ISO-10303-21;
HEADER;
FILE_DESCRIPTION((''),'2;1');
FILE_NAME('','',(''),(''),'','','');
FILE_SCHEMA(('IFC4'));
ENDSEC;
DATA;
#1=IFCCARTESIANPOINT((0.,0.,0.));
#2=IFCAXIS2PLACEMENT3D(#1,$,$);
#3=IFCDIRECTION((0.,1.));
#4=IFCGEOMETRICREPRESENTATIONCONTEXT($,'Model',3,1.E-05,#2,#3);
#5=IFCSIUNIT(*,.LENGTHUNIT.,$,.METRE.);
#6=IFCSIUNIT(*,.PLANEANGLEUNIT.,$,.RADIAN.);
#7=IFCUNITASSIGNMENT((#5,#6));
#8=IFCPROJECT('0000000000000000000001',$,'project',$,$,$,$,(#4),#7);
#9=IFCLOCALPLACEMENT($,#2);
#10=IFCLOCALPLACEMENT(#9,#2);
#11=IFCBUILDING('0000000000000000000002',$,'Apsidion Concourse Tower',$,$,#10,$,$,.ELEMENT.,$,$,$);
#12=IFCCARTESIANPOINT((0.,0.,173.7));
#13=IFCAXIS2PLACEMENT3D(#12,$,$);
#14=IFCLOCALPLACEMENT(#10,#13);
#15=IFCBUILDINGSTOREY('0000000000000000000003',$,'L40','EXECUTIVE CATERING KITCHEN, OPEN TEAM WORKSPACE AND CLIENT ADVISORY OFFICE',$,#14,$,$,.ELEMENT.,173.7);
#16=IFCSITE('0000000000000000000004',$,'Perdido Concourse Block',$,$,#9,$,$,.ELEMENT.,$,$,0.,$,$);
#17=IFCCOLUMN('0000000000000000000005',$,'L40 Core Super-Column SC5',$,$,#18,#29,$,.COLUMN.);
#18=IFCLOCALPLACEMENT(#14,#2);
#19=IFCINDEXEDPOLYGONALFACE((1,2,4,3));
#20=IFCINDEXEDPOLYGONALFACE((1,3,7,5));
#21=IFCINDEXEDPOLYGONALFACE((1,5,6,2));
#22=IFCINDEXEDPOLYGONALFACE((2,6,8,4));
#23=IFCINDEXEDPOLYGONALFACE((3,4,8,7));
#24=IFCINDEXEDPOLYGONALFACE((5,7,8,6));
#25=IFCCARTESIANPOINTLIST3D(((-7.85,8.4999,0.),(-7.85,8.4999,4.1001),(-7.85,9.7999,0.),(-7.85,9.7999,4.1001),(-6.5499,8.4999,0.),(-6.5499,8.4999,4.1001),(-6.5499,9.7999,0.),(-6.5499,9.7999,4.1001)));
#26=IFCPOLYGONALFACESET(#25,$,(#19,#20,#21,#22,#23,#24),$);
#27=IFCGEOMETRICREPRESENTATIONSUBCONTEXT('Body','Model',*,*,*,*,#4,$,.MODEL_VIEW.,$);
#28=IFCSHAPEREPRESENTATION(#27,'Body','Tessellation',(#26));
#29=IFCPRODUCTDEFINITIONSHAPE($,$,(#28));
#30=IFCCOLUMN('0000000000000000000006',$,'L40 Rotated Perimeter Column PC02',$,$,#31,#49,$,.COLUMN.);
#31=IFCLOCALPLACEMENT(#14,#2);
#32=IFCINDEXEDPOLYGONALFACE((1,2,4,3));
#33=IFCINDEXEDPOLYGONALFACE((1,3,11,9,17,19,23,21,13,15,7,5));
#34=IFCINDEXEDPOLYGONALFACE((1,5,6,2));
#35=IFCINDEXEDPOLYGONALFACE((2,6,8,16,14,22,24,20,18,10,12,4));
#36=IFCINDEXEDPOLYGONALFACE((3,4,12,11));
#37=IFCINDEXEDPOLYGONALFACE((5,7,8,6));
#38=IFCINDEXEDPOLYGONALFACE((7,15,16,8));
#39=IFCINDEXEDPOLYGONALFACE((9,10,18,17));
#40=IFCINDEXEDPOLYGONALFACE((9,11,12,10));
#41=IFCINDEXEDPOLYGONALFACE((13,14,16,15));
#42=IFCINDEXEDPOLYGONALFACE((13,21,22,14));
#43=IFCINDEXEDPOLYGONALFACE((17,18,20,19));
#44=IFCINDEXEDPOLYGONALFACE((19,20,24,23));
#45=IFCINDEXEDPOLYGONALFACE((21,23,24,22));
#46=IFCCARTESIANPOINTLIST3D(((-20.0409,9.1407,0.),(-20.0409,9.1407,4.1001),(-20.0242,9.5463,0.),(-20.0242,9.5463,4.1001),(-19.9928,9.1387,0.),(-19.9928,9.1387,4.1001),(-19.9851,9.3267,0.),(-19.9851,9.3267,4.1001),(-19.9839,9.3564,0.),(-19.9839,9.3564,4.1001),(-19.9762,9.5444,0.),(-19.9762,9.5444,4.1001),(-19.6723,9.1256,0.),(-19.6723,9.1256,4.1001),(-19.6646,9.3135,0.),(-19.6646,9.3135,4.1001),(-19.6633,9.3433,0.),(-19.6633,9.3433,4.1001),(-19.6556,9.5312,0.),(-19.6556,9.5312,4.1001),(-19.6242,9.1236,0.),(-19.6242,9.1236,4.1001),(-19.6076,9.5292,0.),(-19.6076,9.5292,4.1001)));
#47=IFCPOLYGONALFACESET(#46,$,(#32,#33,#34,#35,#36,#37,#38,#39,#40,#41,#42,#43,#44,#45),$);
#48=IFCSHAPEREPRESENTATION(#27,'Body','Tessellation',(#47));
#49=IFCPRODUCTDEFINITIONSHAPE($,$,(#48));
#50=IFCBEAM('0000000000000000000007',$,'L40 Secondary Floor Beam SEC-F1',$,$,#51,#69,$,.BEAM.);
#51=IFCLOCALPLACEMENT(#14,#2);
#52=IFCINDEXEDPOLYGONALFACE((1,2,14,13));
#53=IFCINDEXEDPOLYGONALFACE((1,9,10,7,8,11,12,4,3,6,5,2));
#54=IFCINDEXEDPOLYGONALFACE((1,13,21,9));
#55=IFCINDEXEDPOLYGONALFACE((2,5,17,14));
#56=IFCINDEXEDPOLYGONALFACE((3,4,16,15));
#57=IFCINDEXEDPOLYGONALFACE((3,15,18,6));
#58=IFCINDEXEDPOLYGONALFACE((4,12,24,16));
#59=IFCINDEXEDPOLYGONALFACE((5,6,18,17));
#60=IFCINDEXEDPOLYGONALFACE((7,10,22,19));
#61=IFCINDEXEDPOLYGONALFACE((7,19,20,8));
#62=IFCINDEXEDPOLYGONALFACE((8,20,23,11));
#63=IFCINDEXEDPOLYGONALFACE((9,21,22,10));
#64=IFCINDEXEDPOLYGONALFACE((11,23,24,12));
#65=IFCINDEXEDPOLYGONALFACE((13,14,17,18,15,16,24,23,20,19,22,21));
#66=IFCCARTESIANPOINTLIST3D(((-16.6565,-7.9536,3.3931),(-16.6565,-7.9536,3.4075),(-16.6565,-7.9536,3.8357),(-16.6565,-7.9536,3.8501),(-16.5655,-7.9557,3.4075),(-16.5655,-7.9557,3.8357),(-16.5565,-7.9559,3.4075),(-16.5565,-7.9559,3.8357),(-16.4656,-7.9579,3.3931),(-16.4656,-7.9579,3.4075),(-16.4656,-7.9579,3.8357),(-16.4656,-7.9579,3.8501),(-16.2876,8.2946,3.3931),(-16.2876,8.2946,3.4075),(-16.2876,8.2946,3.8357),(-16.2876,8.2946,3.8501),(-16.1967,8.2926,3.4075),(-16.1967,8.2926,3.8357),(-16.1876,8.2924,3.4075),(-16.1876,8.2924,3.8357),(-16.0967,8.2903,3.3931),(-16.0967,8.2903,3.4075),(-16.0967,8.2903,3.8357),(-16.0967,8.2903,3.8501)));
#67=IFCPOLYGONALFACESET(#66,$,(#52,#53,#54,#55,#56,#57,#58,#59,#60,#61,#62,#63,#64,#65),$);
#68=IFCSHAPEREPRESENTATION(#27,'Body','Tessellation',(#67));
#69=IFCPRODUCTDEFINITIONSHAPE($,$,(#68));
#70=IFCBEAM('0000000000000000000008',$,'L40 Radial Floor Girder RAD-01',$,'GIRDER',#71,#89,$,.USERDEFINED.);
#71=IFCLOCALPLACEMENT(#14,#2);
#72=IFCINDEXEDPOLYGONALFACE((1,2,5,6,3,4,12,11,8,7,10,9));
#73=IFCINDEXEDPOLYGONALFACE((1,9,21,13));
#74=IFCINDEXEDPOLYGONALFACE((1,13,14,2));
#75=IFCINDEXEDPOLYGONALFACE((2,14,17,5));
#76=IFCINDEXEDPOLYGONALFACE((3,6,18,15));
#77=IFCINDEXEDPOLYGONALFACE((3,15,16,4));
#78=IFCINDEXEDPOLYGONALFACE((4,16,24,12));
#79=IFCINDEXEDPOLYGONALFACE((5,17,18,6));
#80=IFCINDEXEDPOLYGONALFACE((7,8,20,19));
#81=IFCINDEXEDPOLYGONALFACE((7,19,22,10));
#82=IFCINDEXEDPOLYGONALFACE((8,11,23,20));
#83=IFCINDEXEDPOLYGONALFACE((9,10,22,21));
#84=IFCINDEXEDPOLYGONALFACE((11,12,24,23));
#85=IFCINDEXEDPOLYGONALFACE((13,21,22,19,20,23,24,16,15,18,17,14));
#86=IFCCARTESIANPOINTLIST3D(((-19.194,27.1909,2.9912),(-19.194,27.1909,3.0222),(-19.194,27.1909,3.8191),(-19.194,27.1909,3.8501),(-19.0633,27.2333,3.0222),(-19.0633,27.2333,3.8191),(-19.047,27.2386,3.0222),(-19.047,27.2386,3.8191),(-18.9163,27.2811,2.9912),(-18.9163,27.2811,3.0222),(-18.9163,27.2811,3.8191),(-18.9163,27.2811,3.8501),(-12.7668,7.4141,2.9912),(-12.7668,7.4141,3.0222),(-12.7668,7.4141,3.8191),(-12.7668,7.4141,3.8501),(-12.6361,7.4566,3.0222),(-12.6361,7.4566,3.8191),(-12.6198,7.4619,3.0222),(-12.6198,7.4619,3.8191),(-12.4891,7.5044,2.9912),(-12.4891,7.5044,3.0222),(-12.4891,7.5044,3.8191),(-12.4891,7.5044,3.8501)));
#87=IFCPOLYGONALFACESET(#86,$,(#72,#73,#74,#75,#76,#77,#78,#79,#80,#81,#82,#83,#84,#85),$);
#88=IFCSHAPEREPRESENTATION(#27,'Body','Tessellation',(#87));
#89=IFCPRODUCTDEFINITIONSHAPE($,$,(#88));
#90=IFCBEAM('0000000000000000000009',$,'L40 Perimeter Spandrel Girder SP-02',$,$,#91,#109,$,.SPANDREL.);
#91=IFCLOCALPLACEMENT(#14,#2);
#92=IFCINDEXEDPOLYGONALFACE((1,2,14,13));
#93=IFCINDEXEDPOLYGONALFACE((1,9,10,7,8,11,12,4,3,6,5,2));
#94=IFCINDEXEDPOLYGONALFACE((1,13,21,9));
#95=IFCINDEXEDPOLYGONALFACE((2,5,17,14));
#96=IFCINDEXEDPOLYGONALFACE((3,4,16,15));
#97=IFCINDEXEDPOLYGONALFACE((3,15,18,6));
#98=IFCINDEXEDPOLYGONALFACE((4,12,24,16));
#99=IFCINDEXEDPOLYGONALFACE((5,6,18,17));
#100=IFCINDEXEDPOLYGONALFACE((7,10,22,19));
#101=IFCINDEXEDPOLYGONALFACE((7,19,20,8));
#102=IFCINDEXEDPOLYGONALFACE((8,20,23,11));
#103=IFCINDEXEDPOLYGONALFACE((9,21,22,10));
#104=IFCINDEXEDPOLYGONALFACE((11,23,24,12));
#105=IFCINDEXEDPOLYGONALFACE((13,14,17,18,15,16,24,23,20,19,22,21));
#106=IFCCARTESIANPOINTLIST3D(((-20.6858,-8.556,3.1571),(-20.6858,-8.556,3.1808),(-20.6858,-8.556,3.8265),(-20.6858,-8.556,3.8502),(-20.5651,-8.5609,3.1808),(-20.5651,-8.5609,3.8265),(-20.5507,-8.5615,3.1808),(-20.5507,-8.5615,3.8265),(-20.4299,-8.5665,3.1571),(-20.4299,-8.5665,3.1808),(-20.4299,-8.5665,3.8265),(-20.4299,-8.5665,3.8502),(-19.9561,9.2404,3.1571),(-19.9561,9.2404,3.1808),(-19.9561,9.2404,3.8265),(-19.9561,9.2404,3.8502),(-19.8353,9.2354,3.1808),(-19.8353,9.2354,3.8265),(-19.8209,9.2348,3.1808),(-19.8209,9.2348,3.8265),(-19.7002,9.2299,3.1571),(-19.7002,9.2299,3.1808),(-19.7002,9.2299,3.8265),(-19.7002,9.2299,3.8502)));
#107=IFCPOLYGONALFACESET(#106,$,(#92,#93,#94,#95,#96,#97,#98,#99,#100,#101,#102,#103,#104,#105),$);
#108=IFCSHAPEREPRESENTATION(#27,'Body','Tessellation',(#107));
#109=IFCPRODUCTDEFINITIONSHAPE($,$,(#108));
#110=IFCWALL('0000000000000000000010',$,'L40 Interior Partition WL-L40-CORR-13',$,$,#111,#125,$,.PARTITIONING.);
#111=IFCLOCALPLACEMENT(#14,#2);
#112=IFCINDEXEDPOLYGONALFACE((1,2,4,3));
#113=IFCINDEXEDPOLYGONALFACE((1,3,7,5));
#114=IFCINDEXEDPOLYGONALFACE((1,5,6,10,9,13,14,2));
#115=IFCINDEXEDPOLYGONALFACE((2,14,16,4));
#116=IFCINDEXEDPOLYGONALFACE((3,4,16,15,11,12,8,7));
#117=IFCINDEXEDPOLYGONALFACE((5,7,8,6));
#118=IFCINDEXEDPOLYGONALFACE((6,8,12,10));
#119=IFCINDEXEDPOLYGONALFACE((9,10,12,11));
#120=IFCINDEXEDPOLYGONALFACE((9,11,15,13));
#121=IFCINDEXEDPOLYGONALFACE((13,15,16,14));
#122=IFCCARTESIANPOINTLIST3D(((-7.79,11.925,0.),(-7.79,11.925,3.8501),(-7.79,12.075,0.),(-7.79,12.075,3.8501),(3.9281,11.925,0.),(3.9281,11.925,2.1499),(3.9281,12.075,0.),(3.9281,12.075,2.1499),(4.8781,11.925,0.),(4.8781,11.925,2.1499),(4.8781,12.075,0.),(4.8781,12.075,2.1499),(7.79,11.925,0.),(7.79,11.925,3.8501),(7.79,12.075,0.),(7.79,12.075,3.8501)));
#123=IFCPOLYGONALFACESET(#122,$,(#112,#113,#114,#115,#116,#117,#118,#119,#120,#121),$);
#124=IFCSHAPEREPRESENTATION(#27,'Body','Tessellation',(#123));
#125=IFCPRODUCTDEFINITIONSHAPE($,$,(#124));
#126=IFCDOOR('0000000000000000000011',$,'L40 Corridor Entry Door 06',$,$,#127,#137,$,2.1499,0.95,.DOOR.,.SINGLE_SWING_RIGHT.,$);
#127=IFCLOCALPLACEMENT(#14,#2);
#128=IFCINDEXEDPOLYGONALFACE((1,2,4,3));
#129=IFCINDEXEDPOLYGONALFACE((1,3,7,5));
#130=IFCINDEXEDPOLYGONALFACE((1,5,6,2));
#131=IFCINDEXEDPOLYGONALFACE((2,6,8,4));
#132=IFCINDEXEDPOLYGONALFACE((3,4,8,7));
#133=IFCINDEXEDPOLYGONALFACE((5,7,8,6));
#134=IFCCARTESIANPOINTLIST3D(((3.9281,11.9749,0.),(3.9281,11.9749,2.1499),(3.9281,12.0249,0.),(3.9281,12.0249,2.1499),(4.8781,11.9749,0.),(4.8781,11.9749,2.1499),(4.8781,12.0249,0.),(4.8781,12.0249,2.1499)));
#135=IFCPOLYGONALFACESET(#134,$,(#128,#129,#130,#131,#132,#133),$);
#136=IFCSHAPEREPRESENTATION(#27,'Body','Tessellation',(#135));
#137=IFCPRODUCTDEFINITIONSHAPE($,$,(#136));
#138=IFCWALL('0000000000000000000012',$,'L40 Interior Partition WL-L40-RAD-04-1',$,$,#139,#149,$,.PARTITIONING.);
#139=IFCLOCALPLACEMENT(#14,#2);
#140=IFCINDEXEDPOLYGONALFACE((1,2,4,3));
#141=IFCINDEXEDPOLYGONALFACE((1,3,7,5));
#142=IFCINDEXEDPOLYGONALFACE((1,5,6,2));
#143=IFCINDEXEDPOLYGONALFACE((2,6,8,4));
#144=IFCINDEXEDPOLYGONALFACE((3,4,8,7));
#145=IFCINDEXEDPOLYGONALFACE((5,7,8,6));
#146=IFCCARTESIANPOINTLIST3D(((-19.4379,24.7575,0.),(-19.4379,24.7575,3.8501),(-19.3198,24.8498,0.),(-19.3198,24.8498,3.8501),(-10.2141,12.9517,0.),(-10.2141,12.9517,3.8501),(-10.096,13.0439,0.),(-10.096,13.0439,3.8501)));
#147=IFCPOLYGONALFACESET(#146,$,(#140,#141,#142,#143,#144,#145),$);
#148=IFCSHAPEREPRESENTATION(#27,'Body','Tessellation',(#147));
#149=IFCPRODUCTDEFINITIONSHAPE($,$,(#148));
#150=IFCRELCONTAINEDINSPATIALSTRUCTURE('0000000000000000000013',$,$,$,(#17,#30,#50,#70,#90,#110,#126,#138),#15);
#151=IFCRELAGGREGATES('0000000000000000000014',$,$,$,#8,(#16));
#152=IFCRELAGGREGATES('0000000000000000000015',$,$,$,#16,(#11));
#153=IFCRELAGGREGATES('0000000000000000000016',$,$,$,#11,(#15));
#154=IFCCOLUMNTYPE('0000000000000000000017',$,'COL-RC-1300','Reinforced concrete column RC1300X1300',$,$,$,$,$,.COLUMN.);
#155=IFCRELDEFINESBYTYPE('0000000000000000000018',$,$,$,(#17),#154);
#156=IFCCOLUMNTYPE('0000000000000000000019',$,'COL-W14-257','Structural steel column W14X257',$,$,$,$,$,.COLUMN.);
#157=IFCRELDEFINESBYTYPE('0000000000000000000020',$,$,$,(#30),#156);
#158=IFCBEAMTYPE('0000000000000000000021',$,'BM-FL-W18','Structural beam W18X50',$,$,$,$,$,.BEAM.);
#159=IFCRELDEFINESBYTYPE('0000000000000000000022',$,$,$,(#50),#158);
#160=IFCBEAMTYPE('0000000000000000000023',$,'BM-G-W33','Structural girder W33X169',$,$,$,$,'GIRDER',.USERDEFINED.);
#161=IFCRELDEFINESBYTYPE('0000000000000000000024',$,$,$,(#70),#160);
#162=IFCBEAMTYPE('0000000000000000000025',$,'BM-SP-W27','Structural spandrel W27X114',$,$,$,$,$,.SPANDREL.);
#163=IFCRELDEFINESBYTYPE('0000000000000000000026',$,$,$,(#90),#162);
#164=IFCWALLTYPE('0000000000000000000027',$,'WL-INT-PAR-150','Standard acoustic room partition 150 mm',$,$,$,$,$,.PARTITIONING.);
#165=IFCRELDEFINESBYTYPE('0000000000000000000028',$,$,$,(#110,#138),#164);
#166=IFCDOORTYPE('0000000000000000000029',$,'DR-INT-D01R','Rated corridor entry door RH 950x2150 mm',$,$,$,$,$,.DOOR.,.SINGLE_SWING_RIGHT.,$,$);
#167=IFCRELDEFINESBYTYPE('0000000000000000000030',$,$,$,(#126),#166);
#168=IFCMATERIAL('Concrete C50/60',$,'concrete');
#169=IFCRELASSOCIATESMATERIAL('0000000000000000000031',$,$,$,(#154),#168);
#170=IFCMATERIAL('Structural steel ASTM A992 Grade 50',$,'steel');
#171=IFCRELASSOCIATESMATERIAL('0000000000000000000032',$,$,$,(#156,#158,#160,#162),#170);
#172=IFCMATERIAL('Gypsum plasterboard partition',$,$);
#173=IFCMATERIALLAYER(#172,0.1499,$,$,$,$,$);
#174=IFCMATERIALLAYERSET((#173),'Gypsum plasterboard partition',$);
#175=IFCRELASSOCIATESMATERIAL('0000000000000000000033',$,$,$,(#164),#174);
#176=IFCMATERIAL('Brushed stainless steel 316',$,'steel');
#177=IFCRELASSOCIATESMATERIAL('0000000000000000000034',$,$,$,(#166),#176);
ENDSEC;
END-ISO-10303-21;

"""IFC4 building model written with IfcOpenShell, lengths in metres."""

from ifc_helpers import new_model, si_unit, direction, frame, frame_2d, origin, origin_2d, place, context, subcontext, project, spatial, rectangle, i_section, extrude, material, layer, layer_set, material_profile, profile_set, type_object, element, fill, save


model = new_model("IFC4")

# Units and contexts
model_context = context("Model", 3, precision=1e-05, world=origin(), true_north=direction((0.0, 1.0)))
body_context = subcontext(model_context, "Body", "Model", "MODEL_VIEW")
ifc_project = project(units=[si_unit("LENGTHUNIT", "METRE"), si_unit("PLANEANGLEUNIT", "RADIAN")], contexts=[model_context])

# Site, building, storey
site_placement = place(None, origin())
site = spatial("IfcSite", under=ifc_project, at=site_placement, Name="Perdido Concourse Block", CompositionType="ELEMENT", RefElevation=0.0)
building_placement = place(site_placement, origin())
building = spatial("IfcBuilding", under=site, at=building_placement, Name="Apsidion Concourse Tower", CompositionType="ELEMENT")
storey_placement = place(building_placement, frame((0.0, 0.0, 173.7)))
storey = spatial("IfcBuildingStorey", under=building, at=storey_placement, Name="L40", Description="EXECUTIVE CATERING KITCHEN, OPEN TEAM WORKSPACE AND CLIENT ADVISORY OFFICE", CompositionType="ELEMENT", Elevation=173.7)

# Columns
ifc_material_1 = material(Name="Concrete C50/60", Category="concrete")
ifc_material_profile_1 = material_profile(ifc_material_1, rectangle(XDim=1.3, YDim=1.3, at=origin_2d()), Name="RC 1300x1300")
ifc_profile_set_1 = profile_set([ifc_material_profile_1], Name="Concrete C50/60")
column_type_1 = type_object("IfcColumnType", Name="COL-RC-1300", Description="Reinforced concrete column RC1300X1300", PredefinedType="COLUMN", material=ifc_profile_set_1)
column_1_placement = place(storey_placement, frame((-7.2, 9.1499, 0.0), z_axis=(0.0, 0.0, 1.0), x_axis=(1.0, 0.0, 0.0)))
element("IfcColumn", 1, at=column_1_placement, inside=storey, type_object=column_type_1, Name="L40 Core Super-Column SC5", PredefinedType="COLUMN", context=body_context, shape_type="SweptSolid", body=[
    extrude(rectangle(XDim=1.3, YDim=1.3, at=origin_2d()), origin(), (0.0, 0.0, 1.0), 4.1001),
])
ifc_material_2 = material(Name="Structural steel ASTM A992 Grade 50", Category="steel")
ifc_material_profile_2 = material_profile(ifc_material_2, i_section(OverallWidth=0.406, OverallDepth=0.417, WebThickness=0.0298, FlangeThickness=0.0481, at=origin_2d()), Name="W14X257")
ifc_profile_set_2 = profile_set([ifc_material_profile_2], Name="Structural steel ASTM A992 Grade 50")
column_type_2 = type_object("IfcColumnType", Name="COL-W14-257", Description="Structural steel column W14X257", PredefinedType="COLUMN", material=ifc_profile_set_2)
column_2_placement = place(storey_placement, frame((-19.8242, 9.335, 0.0), z_axis=(0.0, 0.0, 1.0), x_axis=(0.041004, 0.999159, 0.0)))
element("IfcColumn", 2, at=column_2_placement, inside=storey, type_object=column_type_2, Name="L40 Rotated Perimeter Column PC02", PredefinedType="COLUMN", context=body_context, shape_type="SweptSolid", body=[
    extrude(i_section(OverallWidth=0.406, OverallDepth=0.417, WebThickness=0.0298, FlangeThickness=0.0481, at=origin_2d()), origin(), (0.0, 0.0, 1.0), 4.1001),
])

# Beams
ifc_material_profile_3 = material_profile(ifc_material_2, i_section(OverallWidth=0.1909, OverallDepth=0.457, WebThickness=0.009, FlangeThickness=0.0144, at=origin_2d()), Name="W18X50")
ifc_profile_set_3 = profile_set([ifc_material_profile_3], Name="Structural steel ASTM A992 Grade 50")
beam_type_1 = type_object("IfcBeamType", Name="BM-FL-W18", Description="Structural beam W18X50", PredefinedType="BEAM", material=ifc_profile_set_3)
beam_1_placement = place(storey_placement, frame((-16.1921, 8.2925, 3.6216), z_axis=(-0.022698, -0.999742, 0.0), x_axis=(0.999742, -0.022698, 0.0)))
element("IfcBeam", 3, at=beam_1_placement, inside=storey, type_object=beam_type_1, Name="L40 Secondary Floor Beam SEC-F1", PredefinedType="BEAM", context=body_context, shape_type="SweptSolid", body=[
    extrude(i_section(OverallWidth=0.1909, OverallDepth=0.457, WebThickness=0.009, FlangeThickness=0.0144, at=origin_2d()), origin(), (0.0, 0.0, 1.0), 16.2524),
])
ifc_material_profile_4 = material_profile(ifc_material_2, i_section(OverallWidth=0.292, OverallDepth=0.8589, WebThickness=0.0171, FlangeThickness=0.031, at=origin_2d()), Name="W33X169")
ifc_profile_set_4 = profile_set([ifc_material_profile_4], Name="Structural steel ASTM A992 Grade 50")
beam_type_2 = type_object("IfcBeamType", Name="BM-G-W33", Description="Structural girder W33X169", ElementType="GIRDER", PredefinedType="USERDEFINED", material=ifc_profile_set_4)
beam_2_placement = place(storey_placement, frame((-12.6279, 7.4592, 3.4207), z_axis=(-0.309076, 0.951037, 0.0), x_axis=(-0.951037, -0.309076, 0.0)))
element("IfcBeam", 4, at=beam_2_placement, inside=storey, type_object=beam_type_2, Name="L40 Radial Floor Girder RAD-01", ObjectType="GIRDER", PredefinedType="USERDEFINED", context=body_context, shape_type="SweptSolid", body=[
    extrude(i_section(OverallWidth=0.292, OverallDepth=0.8589, WebThickness=0.0171, FlangeThickness=0.031, at=origin_2d()), origin(), (0.0, 0.0, 1.0), 20.7949),
])
ifc_material_profile_5 = material_profile(ifc_material_2, i_section(OverallWidth=0.2561, OverallDepth=0.6931, WebThickness=0.0144, FlangeThickness=0.0237, at=origin_2d()), Name="W27X114")
ifc_profile_set_5 = profile_set([ifc_material_profile_5], Name="Structural steel ASTM A992 Grade 50")
beam_type_3 = type_object("IfcBeamType", Name="BM-SP-W27", Description="Structural spandrel W27X114", PredefinedType="SPANDREL", material=ifc_profile_set_5)
beam_3_placement = place(storey_placement, frame((-19.8281, 9.2351, 3.5037), z_axis=(-0.04097, -0.99916, 0.0), x_axis=(0.99916, -0.04097, 0.0)))
element("IfcBeam", 5, at=beam_3_placement, inside=storey, type_object=beam_type_3, Name="L40 Perimeter Spandrel Girder SP-02", PredefinedType="SPANDREL", context=body_context, shape_type="SweptSolid", body=[
    extrude(i_section(OverallWidth=0.2561, OverallDepth=0.6931, WebThickness=0.0144, FlangeThickness=0.0237, at=origin_2d()), origin(), (0.0, 0.0, 1.0), 17.8113),
])

# Wall, opening, door
ifc_material_3 = material(Name="Gypsum plasterboard partition")
ifc_layer_1 = layer(ifc_material_3, 0.1499)
ifc_layer_set_1 = layer_set([ifc_layer_1], Name="Gypsum plasterboard partition")
wall_type_1 = type_object("IfcWallType", Name="WL-INT-PAR-150", Description="Standard acoustic room partition 150 mm", PredefinedType="PARTITIONING", material=ifc_layer_set_1)
wall_1_placement = place(storey_placement, frame((-7.79, 12.0, 0.0), z_axis=(0.0, 0.0, 1.0), x_axis=(1.0, 0.0, 0.0)))
wall_1 = element("IfcWall", 6, at=wall_1_placement, inside=storey, type_object=wall_type_1, Name="L40 Interior Partition WL-L40-CORR-13", PredefinedType="PARTITIONING", context=body_context, shape_type="SweptSolid", body=[
    extrude(rectangle(XDim=15.5801, YDim=0.1499, at=frame_2d((7.79, 0.0))), origin(), (0.0, 0.0, 1.0), 3.8501),
])
opening_1_placement = place(wall_1_placement, frame((11.718, 0.0, 0.0)))
opening_1 = element("IfcOpeningElement", 7, at=opening_1_placement, cuts=wall_1, PredefinedType="OPENING", context=body_context, shape_type="SweptSolid", body=[
    extrude(rectangle(XDim=0.95, YDim=2.1499, at=frame_2d((0.4751, 1.075))), frame((0.0, 0.085, 0.0), z_axis=(0.0, -1.0, 0.0), x_axis=(1.0, 0.0, 0.0)), (0.0, 0.0, 1.0), 0.1699),
])
ifc_material_4 = material(Name="Brushed stainless steel 316", Category="steel")
door_type_1 = type_object("IfcDoorType", Name="DR-INT-D01R", Description="Rated corridor entry door RH 950x2150 mm", OperationType="SINGLE_SWING_RIGHT", PredefinedType="DOOR", material=ifc_material_4)
door_1_placement = place(opening_1_placement, origin())
door_1 = element("IfcDoor", 8, at=door_1_placement, inside=storey, type_object=door_type_1, Name="L40 Corridor Entry Door 06", OperationType="SINGLE_SWING_RIGHT", OverallHeight=2.1499, OverallWidth=0.95, PredefinedType="DOOR", context=body_context, shape_type="SweptSolid", body=[
    extrude(rectangle(XDim=0.95, YDim=2.1499, at=frame_2d((0.4751, 1.075))), frame((0.0, 0.0249, 0.0), z_axis=(0.0, -1.0, 0.0), x_axis=(1.0, 0.0, 0.0)), (0.0, 0.0, 1.0), 0.05),
])
fill(opening_1, door_1)

# Wall
wall_2_placement = place(storey_placement, frame((-10.155, 12.9978, 0.0), z_axis=(0.0, 0.0, 1.0), x_axis=(-0.615665, 0.788008, 0.0)))
element("IfcWall", 9, at=wall_2_placement, inside=storey, type_object=wall_type_1, Name="L40 Interior Partition WL-L40-RAD-04-1", PredefinedType="PARTITIONING", context=body_context, shape_type="SweptSolid", body=[
    extrude(rectangle(XDim=14.9819, YDim=0.1499, at=frame_2d((7.491, 0.0))), origin(), (0.0, 0.0, 1.0), 3.8501),
])

save(model, "model.ifc")
